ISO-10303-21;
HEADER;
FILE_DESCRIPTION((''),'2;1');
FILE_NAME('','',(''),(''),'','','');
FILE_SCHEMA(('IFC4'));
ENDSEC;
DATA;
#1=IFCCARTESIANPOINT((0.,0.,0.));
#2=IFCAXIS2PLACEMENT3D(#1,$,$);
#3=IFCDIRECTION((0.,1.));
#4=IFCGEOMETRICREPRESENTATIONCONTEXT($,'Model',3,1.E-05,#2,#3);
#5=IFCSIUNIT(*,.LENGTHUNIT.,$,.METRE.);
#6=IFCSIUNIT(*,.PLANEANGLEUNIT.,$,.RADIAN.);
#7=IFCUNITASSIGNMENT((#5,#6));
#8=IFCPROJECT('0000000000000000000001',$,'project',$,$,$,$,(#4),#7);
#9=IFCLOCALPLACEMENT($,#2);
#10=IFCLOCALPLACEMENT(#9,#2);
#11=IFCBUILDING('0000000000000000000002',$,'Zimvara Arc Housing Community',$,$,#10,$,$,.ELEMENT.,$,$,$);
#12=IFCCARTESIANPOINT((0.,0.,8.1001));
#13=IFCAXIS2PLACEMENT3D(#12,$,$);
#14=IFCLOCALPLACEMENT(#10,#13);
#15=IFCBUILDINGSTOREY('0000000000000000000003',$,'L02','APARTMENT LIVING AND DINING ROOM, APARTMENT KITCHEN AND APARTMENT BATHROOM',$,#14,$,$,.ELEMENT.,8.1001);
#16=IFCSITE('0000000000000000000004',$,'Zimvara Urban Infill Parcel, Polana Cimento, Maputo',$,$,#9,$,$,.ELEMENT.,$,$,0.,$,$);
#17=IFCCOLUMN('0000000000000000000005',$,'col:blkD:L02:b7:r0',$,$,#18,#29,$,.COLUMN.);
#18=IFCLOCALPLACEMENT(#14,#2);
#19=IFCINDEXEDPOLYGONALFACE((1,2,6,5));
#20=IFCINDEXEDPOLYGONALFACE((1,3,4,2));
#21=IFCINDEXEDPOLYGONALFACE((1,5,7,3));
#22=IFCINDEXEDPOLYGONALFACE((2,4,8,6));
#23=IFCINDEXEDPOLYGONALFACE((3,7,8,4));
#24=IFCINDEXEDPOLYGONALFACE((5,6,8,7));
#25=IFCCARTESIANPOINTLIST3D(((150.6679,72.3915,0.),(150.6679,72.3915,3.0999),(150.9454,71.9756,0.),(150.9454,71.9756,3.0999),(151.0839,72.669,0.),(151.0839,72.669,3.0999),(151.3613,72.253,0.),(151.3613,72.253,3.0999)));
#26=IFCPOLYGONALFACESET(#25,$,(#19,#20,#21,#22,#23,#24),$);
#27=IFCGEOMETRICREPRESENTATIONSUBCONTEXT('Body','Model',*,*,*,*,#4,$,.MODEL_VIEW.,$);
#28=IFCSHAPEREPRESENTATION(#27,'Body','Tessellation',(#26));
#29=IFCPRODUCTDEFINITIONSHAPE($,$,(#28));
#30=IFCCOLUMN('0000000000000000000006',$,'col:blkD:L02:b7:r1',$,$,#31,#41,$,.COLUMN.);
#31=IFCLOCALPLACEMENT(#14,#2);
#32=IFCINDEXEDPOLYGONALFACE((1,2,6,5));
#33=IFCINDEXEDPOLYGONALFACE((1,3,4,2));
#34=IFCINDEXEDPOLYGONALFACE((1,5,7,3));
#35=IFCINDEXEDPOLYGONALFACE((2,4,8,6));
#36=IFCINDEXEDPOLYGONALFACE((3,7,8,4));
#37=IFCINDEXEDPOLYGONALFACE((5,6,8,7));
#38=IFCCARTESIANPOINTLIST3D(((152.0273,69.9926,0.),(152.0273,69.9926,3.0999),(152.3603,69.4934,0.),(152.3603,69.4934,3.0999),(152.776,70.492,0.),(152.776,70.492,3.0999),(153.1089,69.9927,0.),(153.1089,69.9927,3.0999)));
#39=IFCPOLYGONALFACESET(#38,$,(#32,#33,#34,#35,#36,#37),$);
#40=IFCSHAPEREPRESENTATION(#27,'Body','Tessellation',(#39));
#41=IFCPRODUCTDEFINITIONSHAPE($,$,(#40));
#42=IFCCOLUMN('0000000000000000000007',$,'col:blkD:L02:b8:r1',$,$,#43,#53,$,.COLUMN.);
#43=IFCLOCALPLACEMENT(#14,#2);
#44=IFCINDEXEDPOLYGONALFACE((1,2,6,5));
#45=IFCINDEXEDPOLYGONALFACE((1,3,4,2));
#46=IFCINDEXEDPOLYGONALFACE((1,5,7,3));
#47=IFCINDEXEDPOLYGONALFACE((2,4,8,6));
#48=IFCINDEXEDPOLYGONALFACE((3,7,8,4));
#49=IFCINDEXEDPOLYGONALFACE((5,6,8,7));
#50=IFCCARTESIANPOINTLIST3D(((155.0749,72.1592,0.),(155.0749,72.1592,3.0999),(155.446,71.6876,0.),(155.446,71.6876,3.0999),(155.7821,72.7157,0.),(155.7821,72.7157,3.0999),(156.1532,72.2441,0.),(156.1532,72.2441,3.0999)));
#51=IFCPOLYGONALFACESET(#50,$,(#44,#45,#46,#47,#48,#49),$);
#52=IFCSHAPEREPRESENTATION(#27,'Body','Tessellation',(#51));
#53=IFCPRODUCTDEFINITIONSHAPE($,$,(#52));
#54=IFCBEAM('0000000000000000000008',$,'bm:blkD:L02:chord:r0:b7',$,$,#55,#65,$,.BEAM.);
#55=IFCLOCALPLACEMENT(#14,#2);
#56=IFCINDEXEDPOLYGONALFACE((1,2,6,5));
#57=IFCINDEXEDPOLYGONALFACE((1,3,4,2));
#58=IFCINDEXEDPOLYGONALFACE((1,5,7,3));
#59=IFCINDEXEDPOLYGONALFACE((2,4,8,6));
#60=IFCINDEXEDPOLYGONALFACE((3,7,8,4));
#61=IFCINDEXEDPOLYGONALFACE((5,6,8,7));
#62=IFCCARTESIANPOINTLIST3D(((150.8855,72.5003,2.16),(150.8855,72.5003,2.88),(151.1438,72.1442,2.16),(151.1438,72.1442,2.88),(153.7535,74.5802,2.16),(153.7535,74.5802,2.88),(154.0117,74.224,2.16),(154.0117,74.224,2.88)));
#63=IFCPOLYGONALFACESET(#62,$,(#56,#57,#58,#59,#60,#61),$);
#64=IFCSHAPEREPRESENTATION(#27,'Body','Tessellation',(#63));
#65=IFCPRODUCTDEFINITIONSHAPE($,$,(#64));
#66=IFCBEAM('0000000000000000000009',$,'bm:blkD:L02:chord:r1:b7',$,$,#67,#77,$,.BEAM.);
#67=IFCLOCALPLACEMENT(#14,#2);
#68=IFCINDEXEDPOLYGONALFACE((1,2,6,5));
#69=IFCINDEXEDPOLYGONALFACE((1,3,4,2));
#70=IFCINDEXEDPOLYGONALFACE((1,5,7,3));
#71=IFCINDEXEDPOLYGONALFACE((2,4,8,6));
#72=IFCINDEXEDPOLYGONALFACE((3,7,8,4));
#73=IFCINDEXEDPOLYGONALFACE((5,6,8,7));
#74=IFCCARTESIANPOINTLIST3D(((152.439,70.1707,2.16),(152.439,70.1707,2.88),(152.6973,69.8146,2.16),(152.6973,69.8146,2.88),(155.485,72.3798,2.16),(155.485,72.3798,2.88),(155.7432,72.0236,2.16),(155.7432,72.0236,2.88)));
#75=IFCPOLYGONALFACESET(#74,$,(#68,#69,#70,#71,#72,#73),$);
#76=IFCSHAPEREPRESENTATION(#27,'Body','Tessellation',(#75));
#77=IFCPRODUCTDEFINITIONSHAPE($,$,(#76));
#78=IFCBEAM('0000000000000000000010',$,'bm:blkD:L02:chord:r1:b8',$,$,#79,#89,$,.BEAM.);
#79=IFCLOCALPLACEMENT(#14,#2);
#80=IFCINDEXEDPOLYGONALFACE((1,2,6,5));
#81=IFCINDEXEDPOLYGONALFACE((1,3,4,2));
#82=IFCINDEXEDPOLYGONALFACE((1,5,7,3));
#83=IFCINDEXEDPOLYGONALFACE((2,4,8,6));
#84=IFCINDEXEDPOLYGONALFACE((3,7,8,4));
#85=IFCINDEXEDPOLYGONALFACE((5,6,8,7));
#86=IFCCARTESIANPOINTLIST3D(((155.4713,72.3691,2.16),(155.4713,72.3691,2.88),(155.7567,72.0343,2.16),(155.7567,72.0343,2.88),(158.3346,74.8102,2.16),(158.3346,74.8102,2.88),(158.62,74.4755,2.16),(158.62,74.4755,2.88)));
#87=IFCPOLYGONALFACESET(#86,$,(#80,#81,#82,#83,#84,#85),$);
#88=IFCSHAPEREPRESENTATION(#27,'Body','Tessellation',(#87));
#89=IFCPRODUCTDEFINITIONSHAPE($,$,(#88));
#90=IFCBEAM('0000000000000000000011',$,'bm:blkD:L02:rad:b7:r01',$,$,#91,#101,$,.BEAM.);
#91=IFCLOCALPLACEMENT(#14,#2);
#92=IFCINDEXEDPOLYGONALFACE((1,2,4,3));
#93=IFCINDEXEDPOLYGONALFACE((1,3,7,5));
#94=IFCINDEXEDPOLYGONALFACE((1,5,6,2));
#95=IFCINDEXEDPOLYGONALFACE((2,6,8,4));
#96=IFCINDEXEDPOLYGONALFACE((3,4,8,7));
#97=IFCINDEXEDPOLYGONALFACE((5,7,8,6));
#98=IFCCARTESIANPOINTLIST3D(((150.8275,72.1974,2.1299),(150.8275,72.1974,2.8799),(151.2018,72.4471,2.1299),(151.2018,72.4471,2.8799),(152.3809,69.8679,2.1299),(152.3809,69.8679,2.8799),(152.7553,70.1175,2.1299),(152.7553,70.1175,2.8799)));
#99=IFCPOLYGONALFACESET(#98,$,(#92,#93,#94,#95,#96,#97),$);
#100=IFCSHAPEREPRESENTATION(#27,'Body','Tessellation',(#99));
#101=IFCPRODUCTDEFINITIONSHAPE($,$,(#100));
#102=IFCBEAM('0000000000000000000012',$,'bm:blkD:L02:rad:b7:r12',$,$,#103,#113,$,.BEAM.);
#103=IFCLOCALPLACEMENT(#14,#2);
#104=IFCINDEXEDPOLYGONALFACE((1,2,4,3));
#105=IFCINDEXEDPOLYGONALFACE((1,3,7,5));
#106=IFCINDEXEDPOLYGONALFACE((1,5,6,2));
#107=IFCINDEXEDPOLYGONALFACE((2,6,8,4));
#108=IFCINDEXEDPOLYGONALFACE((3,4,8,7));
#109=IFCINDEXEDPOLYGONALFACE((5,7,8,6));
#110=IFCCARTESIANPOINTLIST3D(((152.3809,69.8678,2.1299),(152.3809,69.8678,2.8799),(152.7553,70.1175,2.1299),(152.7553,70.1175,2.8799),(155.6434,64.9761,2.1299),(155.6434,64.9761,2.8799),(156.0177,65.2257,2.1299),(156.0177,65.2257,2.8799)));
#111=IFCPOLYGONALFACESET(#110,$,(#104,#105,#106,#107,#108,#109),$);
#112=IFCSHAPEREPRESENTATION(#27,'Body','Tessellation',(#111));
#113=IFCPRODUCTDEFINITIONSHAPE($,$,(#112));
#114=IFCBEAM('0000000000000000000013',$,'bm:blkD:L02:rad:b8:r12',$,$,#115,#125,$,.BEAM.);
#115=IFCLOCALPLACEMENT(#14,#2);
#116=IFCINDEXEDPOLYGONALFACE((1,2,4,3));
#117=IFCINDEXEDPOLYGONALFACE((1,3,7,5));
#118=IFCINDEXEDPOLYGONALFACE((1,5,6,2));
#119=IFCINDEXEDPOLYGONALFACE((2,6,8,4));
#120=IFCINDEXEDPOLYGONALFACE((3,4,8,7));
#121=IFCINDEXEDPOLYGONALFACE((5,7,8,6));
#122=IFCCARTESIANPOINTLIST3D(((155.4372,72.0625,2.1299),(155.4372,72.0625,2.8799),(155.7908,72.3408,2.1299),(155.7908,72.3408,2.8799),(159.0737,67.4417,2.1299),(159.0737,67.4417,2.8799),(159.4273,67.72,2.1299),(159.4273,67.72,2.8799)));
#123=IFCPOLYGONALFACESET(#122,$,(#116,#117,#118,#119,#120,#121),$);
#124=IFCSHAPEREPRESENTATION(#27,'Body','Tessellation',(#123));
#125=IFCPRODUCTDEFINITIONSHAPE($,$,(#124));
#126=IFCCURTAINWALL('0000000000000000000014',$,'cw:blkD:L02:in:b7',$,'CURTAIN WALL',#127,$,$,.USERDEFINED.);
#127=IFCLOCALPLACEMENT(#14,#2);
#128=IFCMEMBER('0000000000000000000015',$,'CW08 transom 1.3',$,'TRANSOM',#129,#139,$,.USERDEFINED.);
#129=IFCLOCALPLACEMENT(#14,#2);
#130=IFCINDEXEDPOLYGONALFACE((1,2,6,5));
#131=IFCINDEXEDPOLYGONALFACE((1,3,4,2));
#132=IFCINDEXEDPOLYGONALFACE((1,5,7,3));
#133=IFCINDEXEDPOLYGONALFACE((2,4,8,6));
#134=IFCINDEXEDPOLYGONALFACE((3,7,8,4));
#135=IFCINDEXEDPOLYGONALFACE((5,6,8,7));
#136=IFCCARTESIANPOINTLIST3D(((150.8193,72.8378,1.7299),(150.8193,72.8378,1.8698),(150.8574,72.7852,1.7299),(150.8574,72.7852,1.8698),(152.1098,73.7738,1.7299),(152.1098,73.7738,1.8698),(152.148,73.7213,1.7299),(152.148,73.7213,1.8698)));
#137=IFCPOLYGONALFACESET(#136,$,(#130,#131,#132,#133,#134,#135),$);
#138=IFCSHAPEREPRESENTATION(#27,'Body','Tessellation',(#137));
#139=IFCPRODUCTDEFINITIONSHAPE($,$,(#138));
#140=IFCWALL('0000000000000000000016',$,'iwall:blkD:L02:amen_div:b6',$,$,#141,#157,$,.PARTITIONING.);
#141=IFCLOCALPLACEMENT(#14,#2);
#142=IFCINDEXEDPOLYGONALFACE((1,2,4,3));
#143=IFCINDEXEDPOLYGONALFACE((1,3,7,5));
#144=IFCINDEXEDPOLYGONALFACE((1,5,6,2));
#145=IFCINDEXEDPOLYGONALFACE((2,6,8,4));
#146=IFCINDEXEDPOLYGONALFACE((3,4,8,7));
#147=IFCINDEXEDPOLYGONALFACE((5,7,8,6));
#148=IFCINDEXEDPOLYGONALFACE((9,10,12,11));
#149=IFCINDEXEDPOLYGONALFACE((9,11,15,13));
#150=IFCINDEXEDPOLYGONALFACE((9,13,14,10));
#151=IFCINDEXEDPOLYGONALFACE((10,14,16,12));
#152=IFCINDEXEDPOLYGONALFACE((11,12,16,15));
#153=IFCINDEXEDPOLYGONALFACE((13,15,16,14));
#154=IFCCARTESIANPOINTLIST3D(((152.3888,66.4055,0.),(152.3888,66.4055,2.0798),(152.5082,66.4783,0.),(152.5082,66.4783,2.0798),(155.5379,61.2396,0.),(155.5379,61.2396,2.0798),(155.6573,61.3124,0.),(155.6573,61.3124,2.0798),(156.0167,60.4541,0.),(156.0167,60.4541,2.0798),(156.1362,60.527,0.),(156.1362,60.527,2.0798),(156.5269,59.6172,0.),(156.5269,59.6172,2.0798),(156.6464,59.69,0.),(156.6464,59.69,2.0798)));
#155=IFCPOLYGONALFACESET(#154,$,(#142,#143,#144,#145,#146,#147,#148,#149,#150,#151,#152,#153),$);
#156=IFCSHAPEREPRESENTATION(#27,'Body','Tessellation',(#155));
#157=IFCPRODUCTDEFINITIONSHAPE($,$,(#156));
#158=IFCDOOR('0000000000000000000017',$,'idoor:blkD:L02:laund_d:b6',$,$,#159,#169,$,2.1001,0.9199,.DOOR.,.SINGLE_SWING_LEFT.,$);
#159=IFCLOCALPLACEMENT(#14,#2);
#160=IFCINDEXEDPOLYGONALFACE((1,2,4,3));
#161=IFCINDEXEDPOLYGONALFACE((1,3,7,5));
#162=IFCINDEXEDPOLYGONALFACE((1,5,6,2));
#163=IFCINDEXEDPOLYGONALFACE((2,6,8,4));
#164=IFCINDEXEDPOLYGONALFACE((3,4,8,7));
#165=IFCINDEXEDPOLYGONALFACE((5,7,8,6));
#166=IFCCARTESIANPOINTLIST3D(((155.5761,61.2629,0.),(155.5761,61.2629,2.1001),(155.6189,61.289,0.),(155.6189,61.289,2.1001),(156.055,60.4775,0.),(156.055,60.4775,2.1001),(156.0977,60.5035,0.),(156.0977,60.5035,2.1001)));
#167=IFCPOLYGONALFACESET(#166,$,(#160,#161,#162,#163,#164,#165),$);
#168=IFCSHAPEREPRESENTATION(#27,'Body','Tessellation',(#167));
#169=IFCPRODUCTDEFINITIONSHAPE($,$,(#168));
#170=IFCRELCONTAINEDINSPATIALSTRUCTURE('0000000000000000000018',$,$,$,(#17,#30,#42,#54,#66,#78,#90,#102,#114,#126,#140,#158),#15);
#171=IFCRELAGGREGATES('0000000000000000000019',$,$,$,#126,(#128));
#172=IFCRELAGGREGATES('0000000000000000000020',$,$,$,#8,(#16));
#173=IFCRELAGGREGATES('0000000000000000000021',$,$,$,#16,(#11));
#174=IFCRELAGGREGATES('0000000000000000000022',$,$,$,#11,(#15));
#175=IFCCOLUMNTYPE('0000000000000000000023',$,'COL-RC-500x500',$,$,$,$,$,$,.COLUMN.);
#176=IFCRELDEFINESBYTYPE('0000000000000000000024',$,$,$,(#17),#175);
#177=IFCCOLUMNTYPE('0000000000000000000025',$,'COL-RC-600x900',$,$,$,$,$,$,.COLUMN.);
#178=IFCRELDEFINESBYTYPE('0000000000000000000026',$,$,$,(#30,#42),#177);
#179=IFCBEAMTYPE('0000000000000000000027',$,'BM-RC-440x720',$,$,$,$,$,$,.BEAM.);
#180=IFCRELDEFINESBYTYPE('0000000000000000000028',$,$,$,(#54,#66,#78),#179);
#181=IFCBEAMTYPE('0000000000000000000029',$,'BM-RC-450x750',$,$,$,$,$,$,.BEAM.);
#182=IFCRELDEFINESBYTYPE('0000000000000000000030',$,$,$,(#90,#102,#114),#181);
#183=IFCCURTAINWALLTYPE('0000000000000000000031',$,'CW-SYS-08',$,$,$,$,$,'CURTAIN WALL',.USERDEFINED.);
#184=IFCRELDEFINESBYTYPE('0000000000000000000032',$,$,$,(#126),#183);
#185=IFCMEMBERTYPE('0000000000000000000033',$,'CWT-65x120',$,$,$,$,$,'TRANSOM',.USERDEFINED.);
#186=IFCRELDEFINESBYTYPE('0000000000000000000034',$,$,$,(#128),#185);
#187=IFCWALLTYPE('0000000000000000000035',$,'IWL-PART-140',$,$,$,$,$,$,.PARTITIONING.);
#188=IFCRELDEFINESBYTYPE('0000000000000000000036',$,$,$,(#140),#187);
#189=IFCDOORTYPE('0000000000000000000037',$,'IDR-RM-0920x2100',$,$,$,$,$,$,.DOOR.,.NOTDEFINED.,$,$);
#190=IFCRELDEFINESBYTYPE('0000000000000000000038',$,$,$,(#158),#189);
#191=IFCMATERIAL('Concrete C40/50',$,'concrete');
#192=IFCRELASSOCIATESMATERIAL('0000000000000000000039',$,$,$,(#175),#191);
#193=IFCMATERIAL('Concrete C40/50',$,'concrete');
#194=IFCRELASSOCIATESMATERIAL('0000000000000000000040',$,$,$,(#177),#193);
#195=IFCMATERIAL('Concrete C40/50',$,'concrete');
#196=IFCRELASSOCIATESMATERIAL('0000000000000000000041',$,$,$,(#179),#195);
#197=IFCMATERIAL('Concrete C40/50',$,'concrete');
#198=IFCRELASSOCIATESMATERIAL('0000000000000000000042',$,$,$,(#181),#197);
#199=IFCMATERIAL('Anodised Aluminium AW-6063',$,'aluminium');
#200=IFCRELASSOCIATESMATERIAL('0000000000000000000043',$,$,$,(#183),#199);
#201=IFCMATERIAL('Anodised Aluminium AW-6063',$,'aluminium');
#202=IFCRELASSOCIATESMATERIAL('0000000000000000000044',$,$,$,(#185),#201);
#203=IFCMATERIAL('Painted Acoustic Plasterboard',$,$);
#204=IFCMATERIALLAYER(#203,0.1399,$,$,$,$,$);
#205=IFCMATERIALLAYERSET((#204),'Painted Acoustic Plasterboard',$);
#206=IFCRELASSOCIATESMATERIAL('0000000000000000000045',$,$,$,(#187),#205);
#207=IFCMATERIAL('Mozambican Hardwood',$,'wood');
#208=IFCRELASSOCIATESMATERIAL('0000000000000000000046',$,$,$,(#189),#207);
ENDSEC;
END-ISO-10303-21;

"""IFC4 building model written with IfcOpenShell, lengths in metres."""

from ifc_helpers import new_model, si_unit, direction, frame, frame_2d, origin, origin_2d, place, context, subcontext, project, spatial, rectangle, extrude, material, layer, layer_set, material_profile, profile_set, type_object, element, fill, aggregate, save


model = new_model("IFC4")

# Units and contexts
model_context = context("Model", 3, precision=1e-05, world=origin(), true_north=direction((0.0, 1.0)))
body_context = subcontext(model_context, "Body", "Model", "MODEL_VIEW")
ifc_project = project(units=[si_unit("LENGTHUNIT", "METRE"), si_unit("PLANEANGLEUNIT", "RADIAN")], contexts=[model_context])

# Site, building, storey
site_placement = place(None, origin())
site = spatial("IfcSite", under=ifc_project, at=site_placement, Name="Zimvara Urban Infill Parcel, Polana Cimento, Maputo", CompositionType="ELEMENT", RefElevation=0.0)
building_placement = place(site_placement, origin())
building = spatial("IfcBuilding", under=site, at=building_placement, Name="Zimvara Arc Housing Community", CompositionType="ELEMENT")
storey_placement = place(building_placement, frame((0.0, 0.0, 8.1001)))
storey = spatial("IfcBuildingStorey", under=building, at=storey_placement, Name="L02", Description="APARTMENT LIVING AND DINING ROOM, APARTMENT KITCHEN AND APARTMENT BATHROOM", CompositionType="ELEMENT", Elevation=8.1001)

# Columns
ifc_material_1 = material(Name="Concrete C40/50", Category="concrete")
ifc_material_profile_1 = material_profile(ifc_material_1, rectangle(XDim=0.5, YDim=0.5, at=origin_2d()), Name="RC 500x500")
ifc_profile_set_1 = profile_set([ifc_material_profile_1], Name="Concrete C40/50")
column_type_1 = type_object("IfcColumnType", Name="COL-RC-500x500", PredefinedType="COLUMN", material=ifc_profile_set_1)
column_placement = place(storey_placement, frame((151.0146, 72.3223, 0.0), z_axis=(0.0, 0.0, 1.0), x_axis=(0.554844, -0.831954, 0.0)))
element("IfcColumn", 1, at=column_placement, inside=storey, type_object=column_type_1, Name="col:blkD:L02:b7:r0", PredefinedType="COLUMN", context=body_context, shape_type="SweptSolid", body=[
    extrude(rectangle(XDim=0.5, YDim=0.5, at=origin_2d()), origin(), (0.0, 0.0, 1.0), 3.0999),
])
ifc_material_2 = material(Name="Concrete C40/50", Category="concrete")
ifc_material_profile_2 = material_profile(ifc_material_2, rectangle(XDim=0.6001, YDim=0.8999, at=origin_2d()), Name="RC 600x900")
ifc_profile_set_2 = profile_set([ifc_material_profile_2], Name="Concrete C40/50")
column_type_2 = type_object("IfcColumnType", Name="COL-RC-600x900", PredefinedType="COLUMN", material=ifc_profile_set_2)
for number, where, z_axis, x_axis, name in (
    (2, (152.5681, 69.9927, 0.0), (0.0, 0.0, 1.0), (0.554844, -0.831954, 0.0), "col:blkD:L02:b7:r1"),
    (3, (155.614, 72.2017, 0.0), (0.0, 0.0, 1.0), (0.618408, -0.785857, 0.0), "col:blkD:L02:b8:r1"),
):
    element("IfcColumn", number, at=place(storey_placement, frame(where, z_axis=z_axis, x_axis=x_axis)), inside=storey, type_object=column_type_2, Name=name, PredefinedType="COLUMN", context=body_context, shape_type="SweptSolid", body=[
        extrude(rectangle(XDim=0.6001, YDim=0.8999, at=origin_2d()), origin(), (0.0, 0.0, 1.0), 3.0999),
    ])

# Beams
ifc_material_3 = material(Name="Concrete C40/50", Category="concrete")
ifc_material_profile_3 = material_profile(ifc_material_3, rectangle(XDim=0.4399, YDim=0.72, at=origin_2d()), Name="RC 440x720")
ifc_profile_set_3 = profile_set([ifc_material_profile_3], Name="Concrete C40/50")
beam_type_1 = type_object("IfcBeamType", Name="BM-RC-440x720", PredefinedType="BEAM", material=ifc_profile_set_3)
beam_1_placement = place(storey_placement, frame((151.0146, 72.3223, 2.52), z_axis=(0.809531, 0.587077, 0.0), x_axis=(-0.587077, 0.809531, 0.0)))
element("IfcBeam", 4, at=beam_1_placement, inside=storey, type_object=beam_type_1, Name="bm:blkD:L02:chord:r0:b7", PredefinedType="BEAM", context=body_context, shape_type="SweptSolid", body=[
    extrude(rectangle(XDim=0.4399, YDim=0.72, at=origin_2d()), origin(), (0.0, 0.0, 1.0), 3.5427),
])
for number, where, z_axis, x_axis, name in (
    (5, (152.5681, 69.9927, 2.52), (0.809521, 0.587091, 0.0), (-0.587091, 0.809521, 0.0), "bm:blkD:L02:chord:r1:b7"),
    (6, (155.614, 72.2017, 2.52), (0.760972, 0.648785, 0.0), (-0.648785, 0.760972, 0.0), "bm:blkD:L02:chord:r1:b8"),
):
    element("IfcBeam", number, at=place(storey_placement, frame(where, z_axis=z_axis, x_axis=x_axis)), inside=storey, type_object=beam_type_1, Name=name, PredefinedType="BEAM", context=body_context, shape_type="SweptSolid", body=[
        extrude(rectangle(XDim=0.4399, YDim=0.72, at=origin_2d()), origin(), (0.0, 0.0, 1.0), 3.7627),
    ])
ifc_material_4 = material(Name="Concrete C40/50", Category="concrete")
ifc_material_profile_4 = material_profile(ifc_material_4, rectangle(XDim=0.45, YDim=0.75, at=origin_2d()), Name="RC 450x750")
ifc_profile_set_4 = profile_set([ifc_material_profile_4], Name="Concrete C40/50")
beam_type_2 = type_object("IfcBeamType", Name="BM-RC-450x750", PredefinedType="BEAM", material=ifc_profile_set_4)
beam_2_placement = place(storey_placement, frame((151.0146, 72.3223, 2.5049), z_axis=(0.554801, -0.831983, 0.0), x_axis=(0.831983, 0.554801, 0.0)))
element("IfcBeam", 7, at=beam_2_placement, inside=storey, type_object=beam_type_2, Name="bm:blkD:L02:rad:b7:r01", PredefinedType="BEAM", context=body_context, shape_type="SweptSolid", body=[
    extrude(rectangle(XDim=0.45, YDim=0.75, at=origin_2d()), origin(), (0.0, 0.0, 1.0), 2.8),
])
beam_3_placement = place(storey_placement, frame((152.5681, 69.9927, 2.5049), z_axis=(0.554844, -0.831954, 0.0), x_axis=(0.831954, 0.554844, 0.0)))
element("IfcBeam", 8, at=beam_3_placement, inside=storey, type_object=beam_type_2, Name="bm:blkD:L02:rad:b7:r12", PredefinedType="BEAM", context=body_context, shape_type="SweptSolid", body=[
    extrude(rectangle(XDim=0.45, YDim=0.75, at=origin_2d()), origin(), (0.0, 0.0, 1.0), 5.8799),
])
beam_4_placement = place(storey_placement, frame((155.614, 72.2017, 2.5049), z_axis=(0.618432, -0.785838, 0.0), x_axis=(0.785838, 0.618432, 0.0)))
element("IfcBeam", 9, at=beam_4_placement, inside=storey, type_object=beam_type_2, Name="bm:blkD:L02:rad:b8:r12", PredefinedType="BEAM", context=body_context, shape_type="SweptSolid", body=[
    extrude(rectangle(XDim=0.45, YDim=0.75, at=origin_2d()), origin(), (0.0, 0.0, 1.0), 5.8801),
])

# Curtain wall, member
ifc_material_5 = material(Name="Anodised Aluminium AW-6063", Category="aluminium")
curtain_wall_type = type_object("IfcCurtainWallType", Name="CW-SYS-08", ElementType="CURTAIN WALL", PredefinedType="USERDEFINED", material=ifc_material_5)
curtain_wall_placement = place(storey_placement, origin())
curtain_wall = element("IfcCurtainWall", 10, at=curtain_wall_placement, inside=storey, type_object=curtain_wall_type, Name="cw:blkD:L02:in:b7", ObjectType="CURTAIN WALL", PredefinedType="USERDEFINED")
ifc_material_6 = material(Name="Anodised Aluminium AW-6063", Category="aluminium")
ifc_material_profile_5 = material_profile(ifc_material_6, rectangle(XDim=0.0649, YDim=0.1399, at=origin_2d()), Name="ALU 65x140")
ifc_profile_set_5 = profile_set([ifc_material_profile_5], Name="Anodised Aluminium AW-6063")
member_type = type_object("IfcMemberType", Name="CWT-65x120", ElementType="TRANSOM", PredefinedType="USERDEFINED", material=ifc_profile_set_5)
member_placement = place(storey_placement, frame((150.8384, 72.8115, 1.7998), z_axis=(0.80949, 0.587133, 0.0), x_axis=(-0.587133, 0.80949, 0.0)))
member = element("IfcMember", 11, at=member_placement, type_object=member_type, Name="CW08 transom 1.3", ObjectType="TRANSOM", PredefinedType="USERDEFINED", context=body_context, shape_type="SweptSolid", body=[
    extrude(rectangle(XDim=0.0649, YDim=0.1399, at=origin_2d()), origin(), (0.0, 0.0, 1.0), 1.5942),
])
aggregate(curtain_wall, [member])

# Wall, opening, door
ifc_material_7 = material(Name="Painted Acoustic Plasterboard")
ifc_layer_1 = layer(ifc_material_7, 0.1399)
ifc_layer_set_1 = layer_set([ifc_layer_1], Name="Painted Acoustic Plasterboard")
wall_type_1 = type_object("IfcWallType", Name="IWL-PART-140", PredefinedType="PARTITIONING", material=ifc_layer_set_1)
wall_1_placement = place(storey_placement, frame((152.4485, 66.4419, 0.0), z_axis=(0.0, 0.0, 1.0), x_axis=(0.520512, -0.853854, 0.0)))
wall_1 = element("IfcWall", 12, at=wall_1_placement, inside=storey, type_object=wall_type_1, Name="iwall:blkD:L02:amen_div:b6", PredefinedType="PARTITIONING", context=body_context, shape_type="SweptSolid", body=[
    extrude(rectangle(XDim=7.9502, YDim=0.1399, at=frame_2d((3.9751, 0.0))), origin(), (0.0, 0.0, 1.0), 2.0798),
])
opening_1_placement = place(wall_1_placement, frame((6.05, 0.0, 0.0)))
opening_1 = element("IfcOpeningElement", 13, at=opening_1_placement, cuts=wall_1, PredefinedType="OPENING", context=body_context, shape_type="SweptSolid", body=[
    extrude(rectangle(XDim=0.9199, YDim=2.1001, at=frame_2d((0.46, 1.05))), frame((0.0, 0.0798, 0.0), z_axis=(0.0, -1.0, 0.0), x_axis=(1.0, 0.0, 0.0)), (0.0, 0.0, 1.0), 0.1599),
])
ifc_material_8 = material(Name="Mozambican Hardwood", Category="wood")
door_type_1 = type_object("IfcDoorType", Name="IDR-RM-0920x2100", OperationType="NOTDEFINED", PredefinedType="DOOR", material=ifc_material_8)
door_1_placement = place(opening_1_placement, origin())
door_1 = element("IfcDoor", 14, at=door_1_placement, inside=storey, type_object=door_type_1, Name="idoor:blkD:L02:laund_d:b6", OperationType="SINGLE_SWING_LEFT", OverallHeight=2.1001, OverallWidth=0.9199, PredefinedType="DOOR", context=body_context, shape_type="SweptSolid", body=[
    extrude(rectangle(XDim=0.9199, YDim=2.1001, at=frame_2d((0.46, 1.05))), frame((0.0, 0.0249, 0.0), z_axis=(0.0, -1.0, 0.0), x_axis=(1.0, 0.0, 0.0)), (0.0, 0.0, 1.0), 0.05),
])
fill(opening_1, door_1)

save(model, "model.ifc")
